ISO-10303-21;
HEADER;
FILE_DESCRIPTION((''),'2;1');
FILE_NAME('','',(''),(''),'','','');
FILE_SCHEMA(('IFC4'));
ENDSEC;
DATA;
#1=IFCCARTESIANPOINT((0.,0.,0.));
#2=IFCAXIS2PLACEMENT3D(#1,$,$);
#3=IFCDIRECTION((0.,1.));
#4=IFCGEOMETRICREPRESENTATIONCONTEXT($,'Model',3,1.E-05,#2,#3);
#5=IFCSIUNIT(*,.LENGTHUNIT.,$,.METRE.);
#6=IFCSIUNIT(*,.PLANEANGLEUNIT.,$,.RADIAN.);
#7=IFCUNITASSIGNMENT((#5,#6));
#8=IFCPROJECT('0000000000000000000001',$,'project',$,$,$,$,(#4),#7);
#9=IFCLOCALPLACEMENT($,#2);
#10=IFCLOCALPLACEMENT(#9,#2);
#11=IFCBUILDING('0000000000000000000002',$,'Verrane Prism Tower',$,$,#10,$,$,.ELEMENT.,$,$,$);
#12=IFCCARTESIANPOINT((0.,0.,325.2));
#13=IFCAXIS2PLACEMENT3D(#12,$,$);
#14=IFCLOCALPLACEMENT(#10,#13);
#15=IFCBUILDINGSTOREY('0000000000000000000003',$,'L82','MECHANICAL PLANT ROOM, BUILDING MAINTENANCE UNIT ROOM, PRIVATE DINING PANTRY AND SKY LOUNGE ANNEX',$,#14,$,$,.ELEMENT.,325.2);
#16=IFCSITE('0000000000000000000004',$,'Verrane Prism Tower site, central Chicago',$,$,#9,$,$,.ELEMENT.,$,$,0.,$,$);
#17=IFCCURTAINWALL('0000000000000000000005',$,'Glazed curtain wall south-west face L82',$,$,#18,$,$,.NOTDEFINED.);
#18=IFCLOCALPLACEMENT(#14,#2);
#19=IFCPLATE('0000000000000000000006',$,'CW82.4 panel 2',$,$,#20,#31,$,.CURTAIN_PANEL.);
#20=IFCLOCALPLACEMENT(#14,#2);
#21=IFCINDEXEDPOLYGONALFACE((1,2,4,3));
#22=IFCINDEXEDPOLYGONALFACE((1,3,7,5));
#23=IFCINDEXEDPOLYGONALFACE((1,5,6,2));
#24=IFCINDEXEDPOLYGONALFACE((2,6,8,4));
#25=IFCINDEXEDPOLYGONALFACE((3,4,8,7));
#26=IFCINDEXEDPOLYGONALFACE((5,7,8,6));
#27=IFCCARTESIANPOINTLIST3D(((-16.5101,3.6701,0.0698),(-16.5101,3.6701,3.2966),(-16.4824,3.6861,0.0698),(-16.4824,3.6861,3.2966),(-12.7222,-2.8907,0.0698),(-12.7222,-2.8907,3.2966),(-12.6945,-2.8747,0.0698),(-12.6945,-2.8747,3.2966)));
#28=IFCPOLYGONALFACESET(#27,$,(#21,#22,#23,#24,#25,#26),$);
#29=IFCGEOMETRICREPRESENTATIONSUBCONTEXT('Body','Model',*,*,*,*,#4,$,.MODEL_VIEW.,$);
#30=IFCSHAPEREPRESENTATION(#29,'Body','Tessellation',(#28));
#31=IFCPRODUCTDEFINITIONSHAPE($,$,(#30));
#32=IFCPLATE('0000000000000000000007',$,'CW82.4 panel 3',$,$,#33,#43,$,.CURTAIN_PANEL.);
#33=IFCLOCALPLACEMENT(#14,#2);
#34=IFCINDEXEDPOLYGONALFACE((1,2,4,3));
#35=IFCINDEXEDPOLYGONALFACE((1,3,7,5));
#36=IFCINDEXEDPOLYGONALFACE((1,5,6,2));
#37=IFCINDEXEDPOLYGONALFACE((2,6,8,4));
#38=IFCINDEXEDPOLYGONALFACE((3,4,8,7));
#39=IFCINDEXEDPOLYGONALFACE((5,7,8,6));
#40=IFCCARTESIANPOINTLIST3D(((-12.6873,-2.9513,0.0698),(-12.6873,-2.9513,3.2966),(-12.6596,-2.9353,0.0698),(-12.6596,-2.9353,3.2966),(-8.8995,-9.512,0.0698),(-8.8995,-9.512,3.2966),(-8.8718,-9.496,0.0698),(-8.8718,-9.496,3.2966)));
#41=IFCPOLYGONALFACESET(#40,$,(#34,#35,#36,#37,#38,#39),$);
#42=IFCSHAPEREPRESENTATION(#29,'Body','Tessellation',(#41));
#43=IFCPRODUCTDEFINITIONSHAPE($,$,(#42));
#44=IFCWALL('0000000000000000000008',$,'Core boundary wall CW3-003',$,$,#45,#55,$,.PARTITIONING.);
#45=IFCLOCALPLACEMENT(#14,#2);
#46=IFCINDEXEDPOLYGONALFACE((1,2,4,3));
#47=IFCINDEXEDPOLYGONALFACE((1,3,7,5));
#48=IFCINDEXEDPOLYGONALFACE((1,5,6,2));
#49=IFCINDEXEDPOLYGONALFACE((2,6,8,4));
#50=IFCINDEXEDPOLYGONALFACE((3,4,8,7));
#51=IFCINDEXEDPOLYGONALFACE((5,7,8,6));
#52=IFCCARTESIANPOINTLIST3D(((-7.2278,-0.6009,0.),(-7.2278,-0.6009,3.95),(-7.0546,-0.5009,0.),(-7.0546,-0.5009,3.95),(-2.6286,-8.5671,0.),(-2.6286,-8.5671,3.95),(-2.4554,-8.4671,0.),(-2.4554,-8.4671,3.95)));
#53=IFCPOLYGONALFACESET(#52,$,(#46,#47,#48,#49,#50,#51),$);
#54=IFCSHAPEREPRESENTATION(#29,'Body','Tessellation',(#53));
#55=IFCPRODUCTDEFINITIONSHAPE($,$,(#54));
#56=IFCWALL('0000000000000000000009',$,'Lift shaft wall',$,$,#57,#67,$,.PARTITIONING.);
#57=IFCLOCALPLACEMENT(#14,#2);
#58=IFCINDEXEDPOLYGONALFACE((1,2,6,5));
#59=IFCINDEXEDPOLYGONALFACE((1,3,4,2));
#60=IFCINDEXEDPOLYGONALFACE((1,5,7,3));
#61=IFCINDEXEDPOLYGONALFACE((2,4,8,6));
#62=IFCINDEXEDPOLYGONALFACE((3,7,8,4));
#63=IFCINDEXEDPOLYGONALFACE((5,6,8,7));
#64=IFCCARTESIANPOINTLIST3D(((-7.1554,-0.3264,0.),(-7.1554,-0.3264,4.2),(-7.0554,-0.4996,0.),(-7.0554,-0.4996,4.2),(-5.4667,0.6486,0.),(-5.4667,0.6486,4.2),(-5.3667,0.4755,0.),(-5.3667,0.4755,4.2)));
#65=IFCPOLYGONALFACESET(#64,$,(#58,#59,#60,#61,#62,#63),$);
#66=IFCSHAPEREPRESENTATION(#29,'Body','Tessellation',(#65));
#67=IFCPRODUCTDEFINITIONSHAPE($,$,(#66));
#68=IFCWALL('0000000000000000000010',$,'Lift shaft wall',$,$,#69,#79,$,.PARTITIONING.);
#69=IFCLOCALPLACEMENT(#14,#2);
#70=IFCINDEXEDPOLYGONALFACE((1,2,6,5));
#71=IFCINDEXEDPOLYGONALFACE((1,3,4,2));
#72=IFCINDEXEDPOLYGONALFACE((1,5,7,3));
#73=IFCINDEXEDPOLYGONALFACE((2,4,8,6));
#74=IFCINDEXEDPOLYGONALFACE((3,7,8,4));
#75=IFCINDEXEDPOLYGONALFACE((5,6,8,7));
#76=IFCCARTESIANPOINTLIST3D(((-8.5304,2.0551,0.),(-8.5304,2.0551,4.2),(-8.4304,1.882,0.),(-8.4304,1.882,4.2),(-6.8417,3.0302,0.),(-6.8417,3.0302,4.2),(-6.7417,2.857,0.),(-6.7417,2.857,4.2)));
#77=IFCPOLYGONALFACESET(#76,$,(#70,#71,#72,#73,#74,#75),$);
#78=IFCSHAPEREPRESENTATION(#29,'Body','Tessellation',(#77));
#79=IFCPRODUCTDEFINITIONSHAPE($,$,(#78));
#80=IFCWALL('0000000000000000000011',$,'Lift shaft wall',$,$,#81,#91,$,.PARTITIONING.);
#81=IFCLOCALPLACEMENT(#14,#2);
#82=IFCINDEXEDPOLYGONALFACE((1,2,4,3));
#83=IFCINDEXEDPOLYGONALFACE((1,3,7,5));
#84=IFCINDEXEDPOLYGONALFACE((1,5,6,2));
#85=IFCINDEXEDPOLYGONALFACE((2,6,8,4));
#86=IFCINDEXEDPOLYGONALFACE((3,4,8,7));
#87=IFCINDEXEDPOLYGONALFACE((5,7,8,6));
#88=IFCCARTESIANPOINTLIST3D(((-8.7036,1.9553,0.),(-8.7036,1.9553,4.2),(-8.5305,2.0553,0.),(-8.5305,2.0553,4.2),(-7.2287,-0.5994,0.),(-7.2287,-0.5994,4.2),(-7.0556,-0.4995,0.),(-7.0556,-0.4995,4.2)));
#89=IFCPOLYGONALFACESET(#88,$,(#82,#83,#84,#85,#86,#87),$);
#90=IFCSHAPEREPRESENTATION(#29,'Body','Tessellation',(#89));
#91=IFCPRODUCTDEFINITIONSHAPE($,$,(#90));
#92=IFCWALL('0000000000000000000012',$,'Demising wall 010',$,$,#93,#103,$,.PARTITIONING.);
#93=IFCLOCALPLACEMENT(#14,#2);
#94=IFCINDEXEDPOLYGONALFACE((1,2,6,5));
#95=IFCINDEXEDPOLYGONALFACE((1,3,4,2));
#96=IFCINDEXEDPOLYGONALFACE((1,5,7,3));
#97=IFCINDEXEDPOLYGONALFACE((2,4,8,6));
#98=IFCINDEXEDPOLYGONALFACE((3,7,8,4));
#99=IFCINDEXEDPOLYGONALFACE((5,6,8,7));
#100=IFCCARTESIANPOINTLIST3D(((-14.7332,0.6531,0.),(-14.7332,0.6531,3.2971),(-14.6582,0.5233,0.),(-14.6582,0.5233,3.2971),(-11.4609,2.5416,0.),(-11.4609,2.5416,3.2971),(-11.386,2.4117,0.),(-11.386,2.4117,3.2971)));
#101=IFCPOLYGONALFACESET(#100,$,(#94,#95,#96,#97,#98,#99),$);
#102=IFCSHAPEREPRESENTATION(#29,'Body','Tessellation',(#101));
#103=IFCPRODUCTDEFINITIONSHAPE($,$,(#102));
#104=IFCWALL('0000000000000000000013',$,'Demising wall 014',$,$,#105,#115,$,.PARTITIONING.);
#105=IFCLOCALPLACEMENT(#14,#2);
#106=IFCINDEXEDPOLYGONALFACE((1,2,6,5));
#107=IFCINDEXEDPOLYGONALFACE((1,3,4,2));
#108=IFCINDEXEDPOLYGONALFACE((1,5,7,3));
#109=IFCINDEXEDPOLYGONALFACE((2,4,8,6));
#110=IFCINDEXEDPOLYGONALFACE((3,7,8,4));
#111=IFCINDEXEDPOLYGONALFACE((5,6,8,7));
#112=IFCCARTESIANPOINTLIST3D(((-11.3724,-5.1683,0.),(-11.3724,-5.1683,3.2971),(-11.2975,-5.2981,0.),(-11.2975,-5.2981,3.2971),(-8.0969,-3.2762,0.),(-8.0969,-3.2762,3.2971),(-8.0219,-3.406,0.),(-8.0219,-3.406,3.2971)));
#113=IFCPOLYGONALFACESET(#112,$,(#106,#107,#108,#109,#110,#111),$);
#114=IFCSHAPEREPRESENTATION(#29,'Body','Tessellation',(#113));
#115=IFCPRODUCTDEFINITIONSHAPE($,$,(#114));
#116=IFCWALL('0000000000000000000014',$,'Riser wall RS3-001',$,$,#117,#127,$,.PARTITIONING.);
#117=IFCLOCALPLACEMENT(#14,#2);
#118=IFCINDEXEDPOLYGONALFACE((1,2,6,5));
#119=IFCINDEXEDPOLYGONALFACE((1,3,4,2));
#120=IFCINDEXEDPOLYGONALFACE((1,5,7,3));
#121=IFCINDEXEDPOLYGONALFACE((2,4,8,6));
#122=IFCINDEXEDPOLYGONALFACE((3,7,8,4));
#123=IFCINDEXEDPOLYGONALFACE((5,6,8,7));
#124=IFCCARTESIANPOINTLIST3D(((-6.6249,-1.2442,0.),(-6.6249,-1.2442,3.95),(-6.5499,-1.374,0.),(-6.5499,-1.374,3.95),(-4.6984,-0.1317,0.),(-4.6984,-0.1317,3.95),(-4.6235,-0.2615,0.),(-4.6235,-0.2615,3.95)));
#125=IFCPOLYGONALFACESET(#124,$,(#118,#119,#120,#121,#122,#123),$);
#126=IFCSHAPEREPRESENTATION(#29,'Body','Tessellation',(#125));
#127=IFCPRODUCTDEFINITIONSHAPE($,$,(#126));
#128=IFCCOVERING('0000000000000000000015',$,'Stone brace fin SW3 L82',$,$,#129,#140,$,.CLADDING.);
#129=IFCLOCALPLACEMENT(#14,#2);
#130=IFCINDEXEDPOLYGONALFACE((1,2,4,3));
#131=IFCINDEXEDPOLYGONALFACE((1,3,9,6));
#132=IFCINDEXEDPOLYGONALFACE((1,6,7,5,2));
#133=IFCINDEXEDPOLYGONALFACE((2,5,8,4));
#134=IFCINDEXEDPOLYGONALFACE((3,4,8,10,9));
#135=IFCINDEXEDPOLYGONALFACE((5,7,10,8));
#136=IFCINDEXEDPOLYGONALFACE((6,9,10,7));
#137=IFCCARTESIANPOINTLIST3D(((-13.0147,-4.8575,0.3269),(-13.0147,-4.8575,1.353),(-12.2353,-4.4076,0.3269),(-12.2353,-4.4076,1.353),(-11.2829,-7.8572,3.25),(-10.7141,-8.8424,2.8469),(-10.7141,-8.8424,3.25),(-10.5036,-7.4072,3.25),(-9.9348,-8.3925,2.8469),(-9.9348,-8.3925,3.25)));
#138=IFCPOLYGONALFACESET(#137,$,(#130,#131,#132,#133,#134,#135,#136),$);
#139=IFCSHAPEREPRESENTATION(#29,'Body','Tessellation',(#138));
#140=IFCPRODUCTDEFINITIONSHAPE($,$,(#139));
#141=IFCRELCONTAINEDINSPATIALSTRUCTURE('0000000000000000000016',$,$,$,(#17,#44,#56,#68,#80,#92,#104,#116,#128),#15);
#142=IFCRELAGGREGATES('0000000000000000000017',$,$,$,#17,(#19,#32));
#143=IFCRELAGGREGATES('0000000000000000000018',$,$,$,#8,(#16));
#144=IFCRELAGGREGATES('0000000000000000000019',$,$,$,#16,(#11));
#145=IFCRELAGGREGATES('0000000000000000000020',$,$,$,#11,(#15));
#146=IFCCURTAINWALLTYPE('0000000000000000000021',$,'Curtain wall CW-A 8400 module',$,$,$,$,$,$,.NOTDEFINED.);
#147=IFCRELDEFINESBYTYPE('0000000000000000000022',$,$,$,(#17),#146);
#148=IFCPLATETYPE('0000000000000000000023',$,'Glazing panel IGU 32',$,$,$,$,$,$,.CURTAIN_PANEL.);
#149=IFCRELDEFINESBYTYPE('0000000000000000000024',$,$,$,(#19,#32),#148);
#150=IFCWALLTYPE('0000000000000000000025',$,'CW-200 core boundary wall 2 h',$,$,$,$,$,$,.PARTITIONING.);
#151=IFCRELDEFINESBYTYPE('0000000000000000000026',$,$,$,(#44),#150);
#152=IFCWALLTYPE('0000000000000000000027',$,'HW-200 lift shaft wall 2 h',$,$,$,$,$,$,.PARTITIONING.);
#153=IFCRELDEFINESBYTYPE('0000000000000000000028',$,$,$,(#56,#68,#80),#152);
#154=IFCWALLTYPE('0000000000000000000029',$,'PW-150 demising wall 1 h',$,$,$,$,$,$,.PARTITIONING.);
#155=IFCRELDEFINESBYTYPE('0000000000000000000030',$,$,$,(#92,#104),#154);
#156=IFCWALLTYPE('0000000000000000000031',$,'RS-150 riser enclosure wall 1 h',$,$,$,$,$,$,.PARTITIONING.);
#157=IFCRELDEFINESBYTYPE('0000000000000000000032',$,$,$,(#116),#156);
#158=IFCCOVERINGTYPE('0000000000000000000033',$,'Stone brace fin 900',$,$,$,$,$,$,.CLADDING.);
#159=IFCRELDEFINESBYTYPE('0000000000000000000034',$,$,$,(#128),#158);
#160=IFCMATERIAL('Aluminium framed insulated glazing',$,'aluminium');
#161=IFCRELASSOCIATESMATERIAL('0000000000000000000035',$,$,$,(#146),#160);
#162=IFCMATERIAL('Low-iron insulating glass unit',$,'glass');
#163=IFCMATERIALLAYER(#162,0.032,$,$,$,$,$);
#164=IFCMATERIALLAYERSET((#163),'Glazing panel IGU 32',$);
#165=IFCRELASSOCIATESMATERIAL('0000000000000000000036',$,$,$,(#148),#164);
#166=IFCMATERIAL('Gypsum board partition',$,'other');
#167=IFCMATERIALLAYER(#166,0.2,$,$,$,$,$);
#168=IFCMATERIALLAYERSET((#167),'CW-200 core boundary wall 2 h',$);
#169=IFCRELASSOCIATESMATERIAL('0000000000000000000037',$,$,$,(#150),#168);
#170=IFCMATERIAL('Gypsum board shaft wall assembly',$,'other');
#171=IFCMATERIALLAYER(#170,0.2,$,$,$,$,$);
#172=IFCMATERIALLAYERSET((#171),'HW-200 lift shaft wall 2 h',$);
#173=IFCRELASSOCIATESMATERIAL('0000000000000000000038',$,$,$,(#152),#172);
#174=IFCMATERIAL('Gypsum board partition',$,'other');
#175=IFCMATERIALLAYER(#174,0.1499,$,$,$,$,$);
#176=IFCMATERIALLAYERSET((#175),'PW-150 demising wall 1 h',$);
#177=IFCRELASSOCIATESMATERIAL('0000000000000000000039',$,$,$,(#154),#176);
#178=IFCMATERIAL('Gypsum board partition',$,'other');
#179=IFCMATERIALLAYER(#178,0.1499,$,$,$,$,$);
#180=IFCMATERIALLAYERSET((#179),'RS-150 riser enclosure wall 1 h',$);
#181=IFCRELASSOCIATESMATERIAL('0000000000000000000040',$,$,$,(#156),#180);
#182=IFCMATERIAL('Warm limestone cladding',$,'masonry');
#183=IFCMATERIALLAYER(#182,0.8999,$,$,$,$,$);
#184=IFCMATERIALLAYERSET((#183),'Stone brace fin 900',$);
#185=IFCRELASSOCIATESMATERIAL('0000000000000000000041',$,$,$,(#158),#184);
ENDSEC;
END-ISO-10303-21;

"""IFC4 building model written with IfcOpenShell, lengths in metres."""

from ifc_helpers import new_model, si_unit, direction, frame, frame_2d, origin, origin_2d, place, context, subcontext, project, spatial, polyline, rectangle, outline, extrude, material, layer, layer_set, type_object, element, aggregate, save


model = new_model("IFC4")

# Units and contexts
model_context = context("Model", 3, precision=1e-05, world=origin(), true_north=direction((0.0, 1.0)))
body_context = subcontext(model_context, "Body", "Model", "MODEL_VIEW")
ifc_project = project(units=[si_unit("LENGTHUNIT", "METRE"), si_unit("PLANEANGLEUNIT", "RADIAN")], contexts=[model_context])

# Site, building, storey
site_placement = place(None, origin())
site = spatial("IfcSite", under=ifc_project, at=site_placement, Name="Verrane Prism Tower site, central Chicago", CompositionType="ELEMENT", RefElevation=0.0)
building_placement = place(site_placement, origin())
building = spatial("IfcBuilding", under=site, at=building_placement, Name="Verrane Prism Tower", CompositionType="ELEMENT")
storey_placement = place(building_placement, frame((0.0, 0.0, 325.2)))
storey = spatial("IfcBuildingStorey", under=building, at=storey_placement, Name="L82", Description="MECHANICAL PLANT ROOM, BUILDING MAINTENANCE UNIT ROOM, PRIVATE DINING PANTRY AND SKY LOUNGE ANNEX", CompositionType="ELEMENT", Elevation=325.2)

# Curtain wall
ifc_material_1 = material(Name="Aluminium framed insulated glazing", Category="aluminium")
curtain_wall_type = type_object("IfcCurtainWallType", Name="Curtain wall CW-A 8400 module", PredefinedType="NOTDEFINED", material=ifc_material_1)
curtain_wall_placement = place(storey_placement, origin())
curtain_wall = element("IfcCurtainWall", 1, at=curtain_wall_placement, inside=storey, type_object=curtain_wall_type, Name="Glazed curtain wall south-west face L82", PredefinedType="NOTDEFINED")

# Plates
ifc_material_2 = material(Name="Low-iron insulating glass unit", Category="glass")
ifc_layer_1 = layer(ifc_material_2, 0.032)
ifc_layer_set_1 = layer_set([ifc_layer_1], Name="Glazing panel IGU 32")
plate_type = type_object("IfcPlateType", Name="Glazing panel IGU 32", PredefinedType="CURTAIN_PANEL", material=ifc_layer_set_1)
plate_1_placement = place(storey_placement, frame((-14.6023, 0.3977, 0.0698), z_axis=(0.0, 0.0, 1.0), x_axis=(0.5, -0.866025, 0.0)))
plate_1 = element("IfcPlate", 2, at=plate_1_placement, type_object=plate_type, Name="CW82.4 panel 2", PredefinedType="CURTAIN_PANEL", context=body_context, shape_type="SweptSolid", body=[
    extrude(rectangle(XDim=7.5757, YDim=0.032, at=origin_2d()), origin(), (0.0, 0.0, 1.0), 3.2268),
])
plate_2_placement = place(storey_placement, frame((-10.7795, -6.2236, 0.0698), z_axis=(0.0, 0.0, 1.0), x_axis=(0.5, -0.866025, 0.0)))
plate_2 = element("IfcPlate", 3, at=plate_2_placement, type_object=plate_type, Name="CW82.4 panel 3", PredefinedType="CURTAIN_PANEL", context=body_context, shape_type="SweptSolid", body=[
    extrude(rectangle(XDim=7.5757, YDim=0.032, at=origin_2d()), origin(), (0.0, 0.0, 1.0), 3.2268),
])
aggregate(curtain_wall, [plate_1, plate_2])

# Walls
ifc_material_3 = material(Name="Gypsum board partition", Category="other")
ifc_layer_2 = layer(ifc_material_3, 0.2)
ifc_layer_set_2 = layer_set([ifc_layer_2], Name="CW-200 core boundary wall 2 h")
wall_type_1 = type_object("IfcWallType", Name="CW-200 core boundary wall 2 h", PredefinedType="PARTITIONING", material=ifc_layer_set_2)
wall_1_placement = place(storey_placement, frame((-7.1411, -0.551, 0.0), z_axis=(0.0, 0.0, 1.0), x_axis=(0.499993, -0.86603, 0.0)))
element("IfcWall", 4, at=wall_1_placement, inside=storey, type_object=wall_type_1, Name="Core boundary wall CW3-003", PredefinedType="PARTITIONING", context=body_context, shape_type="SweptSolid", body=[
    extrude(rectangle(XDim=9.1985, YDim=0.2, at=frame_2d((4.5991, 0.0))), origin(), (0.0, 0.0, 1.0), 3.95),
])
ifc_material_4 = material(Name="Gypsum board shaft wall assembly", Category="other")
ifc_layer_3 = layer(ifc_material_4, 0.2)
ifc_layer_set_3 = layer_set([ifc_layer_3], Name="HW-200 lift shaft wall 2 h")
wall_type_2 = type_object("IfcWallType", Name="HW-200 lift shaft wall 2 h", PredefinedType="PARTITIONING", material=ifc_layer_set_3)
for number, where, z_axis, x_axis, name in (
    (5, (-7.1055, -0.4131, 0.0), (0.0, 0.0, 1.0), (0.866, 0.500044, 0.0), "Lift shaft wall"),
    (6, (-8.4805, 1.9685, 0.0), (0.0, 0.0, 1.0), (0.866, 0.500044, 0.0), "Lift shaft wall"),
):
    element("IfcWall", number, at=place(storey_placement, frame(where, z_axis=z_axis, x_axis=x_axis)), inside=storey, type_object=wall_type_2, Name=name, PredefinedType="PARTITIONING", context=body_context, shape_type="SweptSolid", body=[
        extrude(rectangle(XDim=1.95, YDim=0.2, at=frame_2d((0.9751, 0.0))), origin(), (0.0, 0.0, 1.0), 4.2),
    ])
wall_2_placement = place(storey_placement, frame((-7.1421, -0.5496, 0.0), z_axis=(0.0, 0.0, 1.0), x_axis=(-0.499976, 0.866039, 0.0)))
element("IfcWall", 7, at=wall_2_placement, inside=storey, type_object=wall_type_2, Name="Lift shaft wall", PredefinedType="PARTITIONING", context=body_context, shape_type="SweptSolid", body=[
    extrude(rectangle(XDim=2.95, YDim=0.2, at=frame_2d((1.4751, 0.0))), origin(), (0.0, 0.0, 1.0), 4.2),
])
ifc_material_5 = material(Name="Gypsum board partition", Category="other")
ifc_layer_4 = layer(ifc_material_5, 0.1499)
ifc_layer_set_4 = layer_set([ifc_layer_4], Name="PW-150 demising wall 1 h")
wall_type_3 = type_object("IfcWallType", Name="PW-150 demising wall 1 h", PredefinedType="PARTITIONING", material=ifc_layer_set_4)
wall_3_placement = place(storey_placement, frame((-14.6958, 0.5881, 0.0), z_axis=(0.0, 0.0, 1.0), x_axis=(0.866116, 0.499844, 0.0)))
element("IfcWall", 8, at=wall_3_placement, inside=storey, type_object=wall_type_3, Name="Demising wall 010", PredefinedType="PARTITIONING", context=body_context, shape_type="SweptSolid", body=[
    extrude(rectangle(XDim=3.7781, YDim=0.1499, at=frame_2d((1.8892, 0.0))), origin(), (0.0, 0.0, 1.0), 3.2971),
])
wall_4_placement = place(storey_placement, frame((-11.335, -5.2332, 0.0), z_axis=(0.0, 0.0, 1.0), x_axis=(0.865922, 0.500179, 0.0)))
element("IfcWall", 9, at=wall_4_placement, inside=storey, type_object=wall_type_3, Name="Demising wall 014", PredefinedType="PARTITIONING", context=body_context, shape_type="SweptSolid", body=[
    extrude(rectangle(XDim=3.7827, YDim=0.1499, at=frame_2d((1.8914, 0.0))), origin(), (0.0, 0.0, 1.0), 3.2971),
])
ifc_material_6 = material(Name="Gypsum board partition", Category="other")
ifc_layer_5 = layer(ifc_material_6, 0.1499)
ifc_layer_set_5 = layer_set([ifc_layer_5], Name="RS-150 riser enclosure wall 1 h")
wall_type_4 = type_object("IfcWallType", Name="RS-150 riser enclosure wall 1 h", PredefinedType="PARTITIONING", material=ifc_layer_set_5)
wall_5_placement = place(storey_placement, frame((-6.5874, -1.3091, 0.0), z_axis=(0.0, 0.0, 1.0), x_axis=(0.865972, 0.500093, 0.0)))
element("IfcWall", 10, at=wall_5_placement, inside=storey, type_object=wall_type_4, Name="Riser wall RS3-001", PredefinedType="PARTITIONING", context=body_context, shape_type="SweptSolid", body=[
    extrude(rectangle(XDim=2.2246, YDim=0.1499, at=frame_2d((1.1123, 0.0))), origin(), (0.0, 0.0, 1.0), 3.95),
])

# Covering
ifc_material_7 = material(Name="Warm limestone cladding", Category="masonry")
ifc_layer_6 = layer(ifc_material_7, 0.8999)
ifc_layer_set_6 = layer_set([ifc_layer_6], Name="Stone brace fin 900")
covering_type = type_object("IfcCoveringType", Name="Stone brace fin 900", PredefinedType="CLADDING", material=ifc_layer_set_6)
covering_placement = place(storey_placement, frame((-12.625, -4.6326, 0.3269), z_axis=(0.0, 0.0, 1.0), x_axis=(0.49998, -0.866037, 0.0)))
element("IfcCovering", 11, at=covering_placement, inside=storey, type_object=covering_type, Name="Stone brace fin SW3 L82", PredefinedType="CLADDING", context=body_context, shape_type="SweptSolid", body=[
    extrude(outline(polyline([(4.6013, 2.9231), (3.4636, 2.9231), (0.0, 1.0261), (0.0, 0.0), (4.6013, 2.52), (4.6013, 2.9231)])), frame((0.0, 0.45, 0.0), z_axis=(0.0, -1.0, 0.0), x_axis=(1.0, 0.0, 0.0)), (0.0, 0.0, 1.0), 0.8999),
])

save(model, "model.ifc")
